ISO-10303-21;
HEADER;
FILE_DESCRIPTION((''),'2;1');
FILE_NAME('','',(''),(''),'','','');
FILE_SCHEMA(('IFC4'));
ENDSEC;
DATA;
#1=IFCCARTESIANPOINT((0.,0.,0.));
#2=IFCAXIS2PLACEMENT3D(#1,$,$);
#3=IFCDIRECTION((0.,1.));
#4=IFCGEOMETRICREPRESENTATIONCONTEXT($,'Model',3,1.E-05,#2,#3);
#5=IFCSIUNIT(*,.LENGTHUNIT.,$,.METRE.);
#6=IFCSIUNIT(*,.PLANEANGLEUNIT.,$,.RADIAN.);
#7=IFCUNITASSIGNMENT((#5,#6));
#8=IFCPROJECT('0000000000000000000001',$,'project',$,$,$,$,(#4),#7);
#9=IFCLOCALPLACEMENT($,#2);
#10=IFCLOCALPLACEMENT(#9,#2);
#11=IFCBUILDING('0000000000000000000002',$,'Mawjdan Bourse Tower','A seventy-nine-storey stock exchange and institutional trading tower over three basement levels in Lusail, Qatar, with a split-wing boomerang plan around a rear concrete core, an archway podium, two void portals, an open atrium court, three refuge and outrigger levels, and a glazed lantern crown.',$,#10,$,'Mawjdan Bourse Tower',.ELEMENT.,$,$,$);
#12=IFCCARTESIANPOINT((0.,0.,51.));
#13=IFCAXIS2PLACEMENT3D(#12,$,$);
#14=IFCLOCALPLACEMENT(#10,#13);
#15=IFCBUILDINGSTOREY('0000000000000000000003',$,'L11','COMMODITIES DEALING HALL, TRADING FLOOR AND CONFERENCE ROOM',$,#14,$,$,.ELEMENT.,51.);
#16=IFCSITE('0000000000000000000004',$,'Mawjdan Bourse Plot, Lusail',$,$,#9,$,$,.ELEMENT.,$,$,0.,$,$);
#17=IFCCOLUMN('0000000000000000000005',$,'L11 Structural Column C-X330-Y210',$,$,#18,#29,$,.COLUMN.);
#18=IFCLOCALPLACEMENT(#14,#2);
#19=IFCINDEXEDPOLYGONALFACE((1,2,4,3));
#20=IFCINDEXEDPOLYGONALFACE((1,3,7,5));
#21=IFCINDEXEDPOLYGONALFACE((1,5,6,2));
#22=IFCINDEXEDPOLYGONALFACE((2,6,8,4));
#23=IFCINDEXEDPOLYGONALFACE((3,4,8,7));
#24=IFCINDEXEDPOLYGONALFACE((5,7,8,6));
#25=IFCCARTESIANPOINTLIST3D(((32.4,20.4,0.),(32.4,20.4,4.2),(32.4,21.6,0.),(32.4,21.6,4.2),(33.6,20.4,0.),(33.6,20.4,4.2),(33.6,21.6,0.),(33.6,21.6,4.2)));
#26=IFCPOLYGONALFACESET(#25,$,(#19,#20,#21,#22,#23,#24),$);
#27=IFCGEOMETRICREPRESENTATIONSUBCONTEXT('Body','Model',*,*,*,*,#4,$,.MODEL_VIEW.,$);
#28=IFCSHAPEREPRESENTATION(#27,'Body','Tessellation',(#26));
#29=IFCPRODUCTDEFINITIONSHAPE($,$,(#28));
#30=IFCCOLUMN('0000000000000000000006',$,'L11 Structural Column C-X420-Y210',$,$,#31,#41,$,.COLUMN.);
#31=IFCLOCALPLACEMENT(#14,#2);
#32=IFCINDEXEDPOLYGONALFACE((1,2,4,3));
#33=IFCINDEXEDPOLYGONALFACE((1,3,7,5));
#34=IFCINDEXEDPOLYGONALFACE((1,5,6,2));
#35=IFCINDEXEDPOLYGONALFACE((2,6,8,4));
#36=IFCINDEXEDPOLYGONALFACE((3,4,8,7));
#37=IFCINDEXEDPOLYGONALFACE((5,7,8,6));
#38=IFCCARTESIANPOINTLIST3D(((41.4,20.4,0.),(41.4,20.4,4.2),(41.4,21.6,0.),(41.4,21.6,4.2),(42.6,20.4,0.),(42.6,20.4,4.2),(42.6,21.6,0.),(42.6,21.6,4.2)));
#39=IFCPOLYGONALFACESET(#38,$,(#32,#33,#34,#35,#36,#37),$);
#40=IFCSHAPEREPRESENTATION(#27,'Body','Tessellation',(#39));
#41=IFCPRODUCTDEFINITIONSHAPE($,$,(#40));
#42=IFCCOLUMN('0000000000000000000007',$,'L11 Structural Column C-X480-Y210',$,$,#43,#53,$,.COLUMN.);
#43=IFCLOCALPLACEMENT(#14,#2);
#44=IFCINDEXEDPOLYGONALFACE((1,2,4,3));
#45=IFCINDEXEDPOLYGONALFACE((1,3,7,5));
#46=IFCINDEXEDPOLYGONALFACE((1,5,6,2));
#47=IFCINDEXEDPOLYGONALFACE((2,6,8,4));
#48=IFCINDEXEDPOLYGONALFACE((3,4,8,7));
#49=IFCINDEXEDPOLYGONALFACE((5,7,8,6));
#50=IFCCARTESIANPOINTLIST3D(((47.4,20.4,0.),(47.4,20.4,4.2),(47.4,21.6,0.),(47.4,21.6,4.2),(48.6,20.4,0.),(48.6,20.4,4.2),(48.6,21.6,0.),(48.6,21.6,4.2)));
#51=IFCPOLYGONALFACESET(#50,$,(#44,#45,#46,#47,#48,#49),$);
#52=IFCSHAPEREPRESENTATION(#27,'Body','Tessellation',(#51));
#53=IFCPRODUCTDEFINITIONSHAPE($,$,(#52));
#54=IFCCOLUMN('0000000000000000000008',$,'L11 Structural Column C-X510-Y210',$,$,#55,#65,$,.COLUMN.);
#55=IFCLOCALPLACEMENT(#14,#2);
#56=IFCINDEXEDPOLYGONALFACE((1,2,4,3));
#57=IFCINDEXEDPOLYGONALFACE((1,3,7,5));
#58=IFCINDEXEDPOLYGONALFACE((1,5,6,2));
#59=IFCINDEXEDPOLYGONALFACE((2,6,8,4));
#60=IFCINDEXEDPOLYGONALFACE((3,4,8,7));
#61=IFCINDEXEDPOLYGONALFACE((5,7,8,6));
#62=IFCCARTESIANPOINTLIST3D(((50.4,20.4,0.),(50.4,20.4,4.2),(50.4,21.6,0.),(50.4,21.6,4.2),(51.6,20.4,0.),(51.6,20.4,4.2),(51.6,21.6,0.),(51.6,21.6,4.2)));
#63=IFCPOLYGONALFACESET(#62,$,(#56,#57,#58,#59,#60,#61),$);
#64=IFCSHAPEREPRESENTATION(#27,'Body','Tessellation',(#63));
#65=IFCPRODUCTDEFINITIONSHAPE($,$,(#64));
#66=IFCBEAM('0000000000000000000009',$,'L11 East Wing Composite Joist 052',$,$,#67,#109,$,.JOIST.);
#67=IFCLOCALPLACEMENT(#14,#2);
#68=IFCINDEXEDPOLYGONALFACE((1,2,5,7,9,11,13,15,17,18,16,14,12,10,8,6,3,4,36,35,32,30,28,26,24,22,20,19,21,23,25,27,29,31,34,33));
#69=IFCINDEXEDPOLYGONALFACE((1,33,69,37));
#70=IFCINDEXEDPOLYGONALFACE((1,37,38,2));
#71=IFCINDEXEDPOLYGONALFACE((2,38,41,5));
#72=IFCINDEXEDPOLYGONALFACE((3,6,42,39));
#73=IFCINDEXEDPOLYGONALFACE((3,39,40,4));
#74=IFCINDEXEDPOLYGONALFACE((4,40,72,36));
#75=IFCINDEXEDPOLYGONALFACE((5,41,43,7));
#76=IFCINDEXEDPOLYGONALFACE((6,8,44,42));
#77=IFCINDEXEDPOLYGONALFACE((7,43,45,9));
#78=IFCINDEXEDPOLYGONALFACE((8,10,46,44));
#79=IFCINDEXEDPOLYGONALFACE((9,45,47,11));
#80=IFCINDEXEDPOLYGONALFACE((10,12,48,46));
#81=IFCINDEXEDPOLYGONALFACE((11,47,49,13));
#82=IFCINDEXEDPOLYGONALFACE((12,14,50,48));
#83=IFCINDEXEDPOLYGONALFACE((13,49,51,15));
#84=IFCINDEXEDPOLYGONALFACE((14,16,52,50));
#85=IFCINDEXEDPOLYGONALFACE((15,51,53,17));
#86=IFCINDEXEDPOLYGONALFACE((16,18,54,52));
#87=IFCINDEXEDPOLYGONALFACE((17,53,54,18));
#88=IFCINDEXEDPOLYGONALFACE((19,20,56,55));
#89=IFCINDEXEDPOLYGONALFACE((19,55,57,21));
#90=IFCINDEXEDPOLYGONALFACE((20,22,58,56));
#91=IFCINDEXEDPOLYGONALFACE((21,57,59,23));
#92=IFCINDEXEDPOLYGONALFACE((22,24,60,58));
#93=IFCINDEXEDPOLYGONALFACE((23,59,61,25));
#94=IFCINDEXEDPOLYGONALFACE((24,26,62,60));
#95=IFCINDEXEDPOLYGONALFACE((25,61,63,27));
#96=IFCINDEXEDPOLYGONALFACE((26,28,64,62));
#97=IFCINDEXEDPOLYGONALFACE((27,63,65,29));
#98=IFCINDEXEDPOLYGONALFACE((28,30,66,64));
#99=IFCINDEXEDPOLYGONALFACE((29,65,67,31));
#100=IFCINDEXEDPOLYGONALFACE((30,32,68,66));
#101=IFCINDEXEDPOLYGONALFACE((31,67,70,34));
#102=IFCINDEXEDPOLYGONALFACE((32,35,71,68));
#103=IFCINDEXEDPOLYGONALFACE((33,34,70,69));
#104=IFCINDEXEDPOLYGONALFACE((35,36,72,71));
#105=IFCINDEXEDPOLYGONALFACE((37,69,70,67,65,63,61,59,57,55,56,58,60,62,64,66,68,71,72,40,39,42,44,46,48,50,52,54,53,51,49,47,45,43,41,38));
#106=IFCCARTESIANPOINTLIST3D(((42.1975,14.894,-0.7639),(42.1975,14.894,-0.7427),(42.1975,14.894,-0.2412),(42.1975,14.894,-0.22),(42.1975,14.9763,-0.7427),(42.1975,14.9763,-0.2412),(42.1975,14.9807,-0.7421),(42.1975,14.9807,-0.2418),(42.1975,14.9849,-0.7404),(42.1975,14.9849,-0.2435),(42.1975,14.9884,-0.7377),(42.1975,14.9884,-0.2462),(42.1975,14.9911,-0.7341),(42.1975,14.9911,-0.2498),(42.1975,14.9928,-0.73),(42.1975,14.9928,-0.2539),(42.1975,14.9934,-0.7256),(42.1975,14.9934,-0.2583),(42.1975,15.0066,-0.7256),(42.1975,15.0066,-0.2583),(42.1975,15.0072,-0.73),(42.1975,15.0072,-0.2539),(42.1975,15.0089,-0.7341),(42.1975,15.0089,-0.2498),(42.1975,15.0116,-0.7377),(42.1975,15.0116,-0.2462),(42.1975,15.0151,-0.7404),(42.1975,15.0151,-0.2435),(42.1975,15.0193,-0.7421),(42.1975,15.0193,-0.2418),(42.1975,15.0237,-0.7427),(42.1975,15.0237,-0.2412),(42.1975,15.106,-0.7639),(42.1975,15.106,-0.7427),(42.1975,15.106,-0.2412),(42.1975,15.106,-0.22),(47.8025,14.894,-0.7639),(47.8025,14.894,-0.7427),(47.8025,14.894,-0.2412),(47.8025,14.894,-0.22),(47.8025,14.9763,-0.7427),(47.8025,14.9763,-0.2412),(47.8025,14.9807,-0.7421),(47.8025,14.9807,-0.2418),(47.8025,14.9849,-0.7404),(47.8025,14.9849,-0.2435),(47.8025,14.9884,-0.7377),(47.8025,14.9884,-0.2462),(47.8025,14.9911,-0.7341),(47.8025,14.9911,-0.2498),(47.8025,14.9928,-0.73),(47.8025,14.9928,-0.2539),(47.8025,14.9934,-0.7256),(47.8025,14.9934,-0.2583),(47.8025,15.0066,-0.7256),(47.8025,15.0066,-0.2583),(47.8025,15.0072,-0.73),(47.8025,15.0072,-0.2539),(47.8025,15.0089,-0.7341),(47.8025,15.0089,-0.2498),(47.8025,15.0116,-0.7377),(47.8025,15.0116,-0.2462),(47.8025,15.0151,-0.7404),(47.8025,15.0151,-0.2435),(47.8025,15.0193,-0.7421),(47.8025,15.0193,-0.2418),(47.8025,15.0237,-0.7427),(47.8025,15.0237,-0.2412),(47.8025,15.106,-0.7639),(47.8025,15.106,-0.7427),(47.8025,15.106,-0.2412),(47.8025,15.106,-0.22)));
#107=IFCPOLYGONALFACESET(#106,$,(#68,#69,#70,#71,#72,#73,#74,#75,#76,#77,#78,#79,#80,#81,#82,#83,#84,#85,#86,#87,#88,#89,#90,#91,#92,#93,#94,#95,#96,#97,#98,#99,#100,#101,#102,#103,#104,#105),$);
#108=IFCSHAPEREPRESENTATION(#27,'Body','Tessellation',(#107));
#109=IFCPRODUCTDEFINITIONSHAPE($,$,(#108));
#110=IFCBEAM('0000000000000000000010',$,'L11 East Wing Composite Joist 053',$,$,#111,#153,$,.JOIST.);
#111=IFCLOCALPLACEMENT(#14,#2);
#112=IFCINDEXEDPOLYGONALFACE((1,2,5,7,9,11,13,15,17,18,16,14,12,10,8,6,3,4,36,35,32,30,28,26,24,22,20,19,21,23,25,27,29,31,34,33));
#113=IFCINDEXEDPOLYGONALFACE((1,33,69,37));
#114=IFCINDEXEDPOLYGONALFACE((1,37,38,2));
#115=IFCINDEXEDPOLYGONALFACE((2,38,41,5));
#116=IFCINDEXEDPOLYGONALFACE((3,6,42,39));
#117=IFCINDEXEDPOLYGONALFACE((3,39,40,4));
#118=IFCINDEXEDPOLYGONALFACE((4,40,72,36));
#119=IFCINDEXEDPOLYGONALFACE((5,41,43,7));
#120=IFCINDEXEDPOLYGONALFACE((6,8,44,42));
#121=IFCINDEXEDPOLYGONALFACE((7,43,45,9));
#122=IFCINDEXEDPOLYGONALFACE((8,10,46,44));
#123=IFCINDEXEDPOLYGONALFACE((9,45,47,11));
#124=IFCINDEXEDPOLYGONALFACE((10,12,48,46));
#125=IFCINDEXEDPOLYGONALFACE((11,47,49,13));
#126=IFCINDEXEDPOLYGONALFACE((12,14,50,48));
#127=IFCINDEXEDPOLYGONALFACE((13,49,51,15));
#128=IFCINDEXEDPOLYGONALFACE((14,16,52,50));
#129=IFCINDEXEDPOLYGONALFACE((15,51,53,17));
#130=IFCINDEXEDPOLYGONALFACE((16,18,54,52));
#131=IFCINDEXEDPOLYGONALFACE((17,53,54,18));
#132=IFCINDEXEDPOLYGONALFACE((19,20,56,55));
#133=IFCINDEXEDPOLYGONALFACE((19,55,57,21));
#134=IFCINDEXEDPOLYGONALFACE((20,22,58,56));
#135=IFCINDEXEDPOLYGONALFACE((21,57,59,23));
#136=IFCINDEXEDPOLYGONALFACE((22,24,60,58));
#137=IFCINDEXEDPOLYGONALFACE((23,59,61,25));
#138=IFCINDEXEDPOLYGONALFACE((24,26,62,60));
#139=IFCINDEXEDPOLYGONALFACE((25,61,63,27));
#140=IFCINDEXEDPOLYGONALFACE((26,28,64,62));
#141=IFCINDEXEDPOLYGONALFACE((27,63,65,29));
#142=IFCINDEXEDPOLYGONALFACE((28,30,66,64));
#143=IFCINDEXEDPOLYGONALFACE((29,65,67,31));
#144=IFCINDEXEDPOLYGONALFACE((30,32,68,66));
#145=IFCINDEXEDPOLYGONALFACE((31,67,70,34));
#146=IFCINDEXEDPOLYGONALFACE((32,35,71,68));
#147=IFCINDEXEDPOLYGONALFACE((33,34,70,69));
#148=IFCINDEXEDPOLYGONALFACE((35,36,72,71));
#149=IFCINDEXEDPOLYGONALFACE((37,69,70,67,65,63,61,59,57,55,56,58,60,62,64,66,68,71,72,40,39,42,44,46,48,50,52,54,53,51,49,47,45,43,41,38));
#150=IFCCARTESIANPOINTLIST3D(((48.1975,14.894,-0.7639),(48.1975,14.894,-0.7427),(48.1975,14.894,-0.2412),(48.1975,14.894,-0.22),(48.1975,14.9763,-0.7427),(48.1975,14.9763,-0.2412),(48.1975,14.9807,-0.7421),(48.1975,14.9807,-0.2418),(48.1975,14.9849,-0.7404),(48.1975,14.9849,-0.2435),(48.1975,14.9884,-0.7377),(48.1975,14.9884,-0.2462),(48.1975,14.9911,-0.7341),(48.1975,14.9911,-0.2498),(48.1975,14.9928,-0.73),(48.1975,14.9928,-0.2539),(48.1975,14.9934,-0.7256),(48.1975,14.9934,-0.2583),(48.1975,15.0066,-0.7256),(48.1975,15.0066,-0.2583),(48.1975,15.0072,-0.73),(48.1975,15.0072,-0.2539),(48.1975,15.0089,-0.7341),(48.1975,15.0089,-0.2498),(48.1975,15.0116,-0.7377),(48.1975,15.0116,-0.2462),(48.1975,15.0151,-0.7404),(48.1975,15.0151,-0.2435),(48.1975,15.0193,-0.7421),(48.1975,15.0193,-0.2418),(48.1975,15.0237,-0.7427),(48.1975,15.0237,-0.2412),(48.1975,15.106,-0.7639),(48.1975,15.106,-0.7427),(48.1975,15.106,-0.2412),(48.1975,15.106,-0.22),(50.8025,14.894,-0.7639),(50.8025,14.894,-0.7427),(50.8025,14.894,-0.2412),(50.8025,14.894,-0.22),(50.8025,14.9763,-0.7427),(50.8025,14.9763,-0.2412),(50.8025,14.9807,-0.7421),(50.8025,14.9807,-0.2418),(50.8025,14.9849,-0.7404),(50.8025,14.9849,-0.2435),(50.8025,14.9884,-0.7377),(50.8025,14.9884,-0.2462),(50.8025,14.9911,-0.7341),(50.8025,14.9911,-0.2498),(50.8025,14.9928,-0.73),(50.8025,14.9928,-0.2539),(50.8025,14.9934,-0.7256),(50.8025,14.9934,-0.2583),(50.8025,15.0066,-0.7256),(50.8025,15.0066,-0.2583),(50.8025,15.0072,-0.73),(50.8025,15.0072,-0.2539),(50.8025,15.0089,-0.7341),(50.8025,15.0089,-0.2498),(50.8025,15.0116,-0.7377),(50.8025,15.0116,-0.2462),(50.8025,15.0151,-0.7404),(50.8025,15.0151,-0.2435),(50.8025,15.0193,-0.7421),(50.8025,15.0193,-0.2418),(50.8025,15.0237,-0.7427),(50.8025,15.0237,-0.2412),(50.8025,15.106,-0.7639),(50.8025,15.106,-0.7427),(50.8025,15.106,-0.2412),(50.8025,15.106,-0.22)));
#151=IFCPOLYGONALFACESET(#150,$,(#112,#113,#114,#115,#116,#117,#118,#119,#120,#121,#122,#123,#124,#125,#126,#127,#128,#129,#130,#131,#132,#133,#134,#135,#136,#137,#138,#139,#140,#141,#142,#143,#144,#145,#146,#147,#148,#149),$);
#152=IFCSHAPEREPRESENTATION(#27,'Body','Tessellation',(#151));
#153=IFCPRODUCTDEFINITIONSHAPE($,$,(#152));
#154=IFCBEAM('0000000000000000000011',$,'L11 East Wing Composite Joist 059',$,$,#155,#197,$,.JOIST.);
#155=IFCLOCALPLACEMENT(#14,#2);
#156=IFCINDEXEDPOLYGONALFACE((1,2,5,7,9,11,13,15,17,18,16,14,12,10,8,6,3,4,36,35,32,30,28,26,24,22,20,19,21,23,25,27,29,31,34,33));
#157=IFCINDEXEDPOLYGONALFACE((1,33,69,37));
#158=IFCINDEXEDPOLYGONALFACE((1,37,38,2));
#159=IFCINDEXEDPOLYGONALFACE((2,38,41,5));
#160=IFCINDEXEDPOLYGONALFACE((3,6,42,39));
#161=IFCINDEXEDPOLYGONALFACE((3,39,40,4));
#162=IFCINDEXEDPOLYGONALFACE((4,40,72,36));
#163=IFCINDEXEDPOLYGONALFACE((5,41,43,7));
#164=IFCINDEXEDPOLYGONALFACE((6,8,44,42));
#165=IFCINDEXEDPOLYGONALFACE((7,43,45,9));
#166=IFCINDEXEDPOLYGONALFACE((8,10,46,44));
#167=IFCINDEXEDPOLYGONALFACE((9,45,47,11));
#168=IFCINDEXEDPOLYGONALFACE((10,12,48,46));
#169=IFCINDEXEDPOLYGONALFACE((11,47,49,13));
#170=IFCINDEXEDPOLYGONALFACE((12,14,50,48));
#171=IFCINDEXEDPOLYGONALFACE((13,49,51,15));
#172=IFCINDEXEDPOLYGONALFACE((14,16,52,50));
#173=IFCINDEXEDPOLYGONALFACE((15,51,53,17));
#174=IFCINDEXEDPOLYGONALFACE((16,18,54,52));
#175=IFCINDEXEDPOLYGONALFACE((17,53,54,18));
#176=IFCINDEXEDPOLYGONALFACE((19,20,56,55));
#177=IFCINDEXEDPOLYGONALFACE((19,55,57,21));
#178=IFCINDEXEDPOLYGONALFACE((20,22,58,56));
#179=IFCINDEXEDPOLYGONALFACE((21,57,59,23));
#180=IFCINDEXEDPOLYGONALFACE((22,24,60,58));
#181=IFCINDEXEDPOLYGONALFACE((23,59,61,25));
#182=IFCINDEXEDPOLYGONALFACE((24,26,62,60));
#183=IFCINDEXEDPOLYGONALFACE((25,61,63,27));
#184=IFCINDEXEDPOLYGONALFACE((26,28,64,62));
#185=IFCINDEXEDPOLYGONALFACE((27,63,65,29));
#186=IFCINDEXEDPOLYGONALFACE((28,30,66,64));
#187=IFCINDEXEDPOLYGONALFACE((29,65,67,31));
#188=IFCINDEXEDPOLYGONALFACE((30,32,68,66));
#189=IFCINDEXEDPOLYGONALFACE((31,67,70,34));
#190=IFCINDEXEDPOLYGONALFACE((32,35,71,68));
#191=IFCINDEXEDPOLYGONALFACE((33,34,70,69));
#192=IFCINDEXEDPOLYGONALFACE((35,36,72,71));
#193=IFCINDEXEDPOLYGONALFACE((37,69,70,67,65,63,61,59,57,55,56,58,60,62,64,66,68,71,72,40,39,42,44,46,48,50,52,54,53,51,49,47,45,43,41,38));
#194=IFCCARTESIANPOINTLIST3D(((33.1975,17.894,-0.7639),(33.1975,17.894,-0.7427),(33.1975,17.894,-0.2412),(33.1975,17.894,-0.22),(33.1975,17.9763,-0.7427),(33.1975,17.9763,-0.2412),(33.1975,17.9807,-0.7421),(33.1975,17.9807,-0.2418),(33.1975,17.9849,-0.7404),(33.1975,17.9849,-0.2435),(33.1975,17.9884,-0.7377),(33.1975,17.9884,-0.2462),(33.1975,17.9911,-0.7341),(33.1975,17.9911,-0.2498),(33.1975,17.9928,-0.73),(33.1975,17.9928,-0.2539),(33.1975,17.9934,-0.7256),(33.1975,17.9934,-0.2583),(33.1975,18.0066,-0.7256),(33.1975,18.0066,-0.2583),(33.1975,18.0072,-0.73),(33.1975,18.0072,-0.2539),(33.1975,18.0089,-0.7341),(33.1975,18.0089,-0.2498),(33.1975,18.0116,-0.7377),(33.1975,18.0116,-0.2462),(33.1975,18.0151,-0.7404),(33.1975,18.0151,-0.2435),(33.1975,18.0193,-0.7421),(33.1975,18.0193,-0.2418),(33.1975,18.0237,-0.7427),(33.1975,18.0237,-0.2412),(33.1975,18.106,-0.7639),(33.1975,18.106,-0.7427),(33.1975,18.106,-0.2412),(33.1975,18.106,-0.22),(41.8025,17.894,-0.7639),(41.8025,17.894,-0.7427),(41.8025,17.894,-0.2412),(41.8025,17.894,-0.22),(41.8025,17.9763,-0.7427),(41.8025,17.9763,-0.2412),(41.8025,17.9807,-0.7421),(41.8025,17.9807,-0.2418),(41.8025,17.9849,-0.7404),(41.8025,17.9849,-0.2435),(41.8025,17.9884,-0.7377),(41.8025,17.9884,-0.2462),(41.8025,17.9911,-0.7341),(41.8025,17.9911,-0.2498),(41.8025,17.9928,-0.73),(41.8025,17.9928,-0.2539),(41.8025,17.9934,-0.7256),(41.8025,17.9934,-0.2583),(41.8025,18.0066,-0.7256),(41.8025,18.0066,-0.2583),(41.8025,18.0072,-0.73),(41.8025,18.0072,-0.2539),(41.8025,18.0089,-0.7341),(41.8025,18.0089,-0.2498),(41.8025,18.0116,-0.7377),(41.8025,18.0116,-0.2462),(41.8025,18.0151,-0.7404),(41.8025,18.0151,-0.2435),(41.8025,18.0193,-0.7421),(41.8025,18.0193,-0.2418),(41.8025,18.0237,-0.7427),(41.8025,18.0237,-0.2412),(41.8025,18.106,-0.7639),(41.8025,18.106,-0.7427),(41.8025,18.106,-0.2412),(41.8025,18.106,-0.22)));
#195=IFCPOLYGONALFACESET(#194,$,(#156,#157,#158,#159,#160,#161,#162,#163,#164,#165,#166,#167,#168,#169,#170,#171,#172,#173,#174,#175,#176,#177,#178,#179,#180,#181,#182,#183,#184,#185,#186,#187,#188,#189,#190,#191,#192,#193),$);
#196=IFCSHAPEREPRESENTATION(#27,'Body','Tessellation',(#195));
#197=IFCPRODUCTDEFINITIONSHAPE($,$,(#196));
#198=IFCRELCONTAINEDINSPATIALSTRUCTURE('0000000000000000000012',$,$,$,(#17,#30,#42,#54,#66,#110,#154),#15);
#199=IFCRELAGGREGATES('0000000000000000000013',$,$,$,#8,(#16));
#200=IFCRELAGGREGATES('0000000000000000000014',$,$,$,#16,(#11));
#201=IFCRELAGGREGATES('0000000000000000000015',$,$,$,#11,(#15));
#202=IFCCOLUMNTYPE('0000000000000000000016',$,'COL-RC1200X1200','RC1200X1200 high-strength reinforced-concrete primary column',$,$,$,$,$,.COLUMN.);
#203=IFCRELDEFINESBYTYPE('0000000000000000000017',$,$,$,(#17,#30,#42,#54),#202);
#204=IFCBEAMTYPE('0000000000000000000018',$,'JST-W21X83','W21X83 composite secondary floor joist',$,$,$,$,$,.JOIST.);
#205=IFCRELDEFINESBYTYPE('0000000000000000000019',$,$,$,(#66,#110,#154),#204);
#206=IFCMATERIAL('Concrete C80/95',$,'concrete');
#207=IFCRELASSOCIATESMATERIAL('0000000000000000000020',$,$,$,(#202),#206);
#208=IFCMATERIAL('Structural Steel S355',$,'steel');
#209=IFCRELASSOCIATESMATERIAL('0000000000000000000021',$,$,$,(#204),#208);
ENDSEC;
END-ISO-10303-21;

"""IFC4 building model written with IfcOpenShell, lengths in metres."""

from ifc_helpers import new_model, si_unit, direction, frame, origin, origin_2d, place, context, subcontext, project, spatial, rectangle, i_section, extrude, material, material_profile, profile_set, type_object, element, save


model = new_model("IFC4")

# Units and contexts
model_context = context("Model", 3, precision=1e-05, world=origin(), true_north=direction((0.0, 1.0)))
body_context = subcontext(model_context, "Body", "Model", "MODEL_VIEW")
ifc_project = project(units=[si_unit("LENGTHUNIT", "METRE"), si_unit("PLANEANGLEUNIT", "RADIAN")], contexts=[model_context])

# Site, building, storey
site_placement = place(None, origin())
site = spatial("IfcSite", under=ifc_project, at=site_placement, Name="Mawjdan Bourse Plot, Lusail", CompositionType="ELEMENT", RefElevation=0.0)
building_placement = place(site_placement, origin())
building = spatial("IfcBuilding", under=site, at=building_placement, Name="Mawjdan Bourse Tower", Description="A seventy-nine-storey stock exchange and institutional trading tower over three basement levels in Lusail, Qatar, with a split-wing boomerang plan around a rear concrete core, an archway podium, two void portals, an open atrium court, three refuge and outrigger levels, and a glazed lantern crown.", LongName="Mawjdan Bourse Tower", CompositionType="ELEMENT")
storey_placement = place(building_placement, frame((0.0, 0.0, 51.0)))
storey = spatial("IfcBuildingStorey", under=building, at=storey_placement, Name="L11", Description="COMMODITIES DEALING HALL, TRADING FLOOR AND CONFERENCE ROOM", CompositionType="ELEMENT", Elevation=51.0)

# Columns
ifc_material_1 = material(Name="Concrete C80/95", Category="concrete")
ifc_material_profile_1 = material_profile(ifc_material_1, rectangle(XDim=1.2, YDim=1.2, at=origin_2d()), Name="RC1200X1200")
ifc_profile_set_1 = profile_set([ifc_material_profile_1], Name="Concrete C80/95")
column_type = type_object("IfcColumnType", Name="COL-RC1200X1200", Description="RC1200X1200 high-strength reinforced-concrete primary column", PredefinedType="COLUMN", material=ifc_profile_set_1)
for number, where, z_axis, x_axis, name in (
    (1, (33.0, 21.0, 0.0), (0.0, 0.0, 1.0), (1.0, 0.0, 0.0), "L11 Structural Column C-X330-Y210"),
    (2, (42.0, 21.0, 0.0), (0.0, 0.0, 1.0), (1.0, 0.0, 0.0), "L11 Structural Column C-X420-Y210"),
    (3, (48.0, 21.0, 0.0), (0.0, 0.0, 1.0), (1.0, 0.0, 0.0), "L11 Structural Column C-X480-Y210"),
    (4, (51.0, 21.0, 0.0), (0.0, 0.0, 1.0), (1.0, 0.0, 0.0), "L11 Structural Column C-X510-Y210"),
):
    element("IfcColumn", number, at=place(storey_placement, frame(where, z_axis=z_axis, x_axis=x_axis)), inside=storey, type_object=column_type, Name=name, PredefinedType="COLUMN", context=body_context, shape_type="SweptSolid", body=[
        extrude(rectangle(XDim=1.2, YDim=1.2, at=origin_2d()), origin(), (0.0, 0.0, 1.0), 4.2),
    ])

# Beams
ifc_material_2 = material(Name="Structural Steel S355", Category="steel")
ifc_material_profile_2 = material_profile(ifc_material_2, i_section(OverallWidth=0.2119, OverallDepth=0.5439, WebThickness=0.0132, FlangeThickness=0.0212, FilletRadius=0.0171, at=origin_2d()), Name="W21X83")
ifc_profile_set_2 = profile_set([ifc_material_profile_2], Name="Structural Steel S355")
beam_type_1 = type_object("IfcBeamType", Name="JST-W21X83", Description="W21X83 composite secondary floor joist", PredefinedType="JOIST", material=ifc_profile_set_2)
beam_1_placement = place(storey_placement, frame((42.1975, 15.0, -0.4919), z_axis=(1.0, 0.0, 0.0), x_axis=(0.0, 1.0, 0.0)))
element("IfcBeam", 5, at=beam_1_placement, inside=storey, type_object=beam_type_1, Name="L11 East Wing Composite Joist 052", PredefinedType="JOIST", context=body_context, shape_type="SweptSolid", body=[
    extrude(i_section(OverallWidth=0.2119, OverallDepth=0.5439, WebThickness=0.0132, FlangeThickness=0.0212, FilletRadius=0.0171, at=origin_2d()), origin(), (0.0, 0.0, 1.0), 5.605),
])
beam_2_placement = place(storey_placement, frame((48.1975, 15.0, -0.4919), z_axis=(1.0, 0.0, 0.0), x_axis=(0.0, 1.0, 0.0)))
element("IfcBeam", 6, at=beam_2_placement, inside=storey, type_object=beam_type_1, Name="L11 East Wing Composite Joist 053", PredefinedType="JOIST", context=body_context, shape_type="SweptSolid", body=[
    extrude(i_section(OverallWidth=0.2119, OverallDepth=0.5439, WebThickness=0.0132, FlangeThickness=0.0212, FilletRadius=0.0171, at=origin_2d()), origin(), (0.0, 0.0, 1.0), 2.605),
])
beam_3_placement = place(storey_placement, frame((33.1975, 18.0, -0.4919), z_axis=(1.0, 0.0, 0.0), x_axis=(0.0, 1.0, 0.0)))
element("IfcBeam", 7, at=beam_3_placement, inside=storey, type_object=beam_type_1, Name="L11 East Wing Composite Joist 059", PredefinedType="JOIST", context=body_context, shape_type="SweptSolid", body=[
    extrude(i_section(OverallWidth=0.2119, OverallDepth=0.5439, WebThickness=0.0132, FlangeThickness=0.0212, FilletRadius=0.0171, at=origin_2d()), origin(), (0.0, 0.0, 1.0), 8.605),
])

save(model, "model.ifc")
